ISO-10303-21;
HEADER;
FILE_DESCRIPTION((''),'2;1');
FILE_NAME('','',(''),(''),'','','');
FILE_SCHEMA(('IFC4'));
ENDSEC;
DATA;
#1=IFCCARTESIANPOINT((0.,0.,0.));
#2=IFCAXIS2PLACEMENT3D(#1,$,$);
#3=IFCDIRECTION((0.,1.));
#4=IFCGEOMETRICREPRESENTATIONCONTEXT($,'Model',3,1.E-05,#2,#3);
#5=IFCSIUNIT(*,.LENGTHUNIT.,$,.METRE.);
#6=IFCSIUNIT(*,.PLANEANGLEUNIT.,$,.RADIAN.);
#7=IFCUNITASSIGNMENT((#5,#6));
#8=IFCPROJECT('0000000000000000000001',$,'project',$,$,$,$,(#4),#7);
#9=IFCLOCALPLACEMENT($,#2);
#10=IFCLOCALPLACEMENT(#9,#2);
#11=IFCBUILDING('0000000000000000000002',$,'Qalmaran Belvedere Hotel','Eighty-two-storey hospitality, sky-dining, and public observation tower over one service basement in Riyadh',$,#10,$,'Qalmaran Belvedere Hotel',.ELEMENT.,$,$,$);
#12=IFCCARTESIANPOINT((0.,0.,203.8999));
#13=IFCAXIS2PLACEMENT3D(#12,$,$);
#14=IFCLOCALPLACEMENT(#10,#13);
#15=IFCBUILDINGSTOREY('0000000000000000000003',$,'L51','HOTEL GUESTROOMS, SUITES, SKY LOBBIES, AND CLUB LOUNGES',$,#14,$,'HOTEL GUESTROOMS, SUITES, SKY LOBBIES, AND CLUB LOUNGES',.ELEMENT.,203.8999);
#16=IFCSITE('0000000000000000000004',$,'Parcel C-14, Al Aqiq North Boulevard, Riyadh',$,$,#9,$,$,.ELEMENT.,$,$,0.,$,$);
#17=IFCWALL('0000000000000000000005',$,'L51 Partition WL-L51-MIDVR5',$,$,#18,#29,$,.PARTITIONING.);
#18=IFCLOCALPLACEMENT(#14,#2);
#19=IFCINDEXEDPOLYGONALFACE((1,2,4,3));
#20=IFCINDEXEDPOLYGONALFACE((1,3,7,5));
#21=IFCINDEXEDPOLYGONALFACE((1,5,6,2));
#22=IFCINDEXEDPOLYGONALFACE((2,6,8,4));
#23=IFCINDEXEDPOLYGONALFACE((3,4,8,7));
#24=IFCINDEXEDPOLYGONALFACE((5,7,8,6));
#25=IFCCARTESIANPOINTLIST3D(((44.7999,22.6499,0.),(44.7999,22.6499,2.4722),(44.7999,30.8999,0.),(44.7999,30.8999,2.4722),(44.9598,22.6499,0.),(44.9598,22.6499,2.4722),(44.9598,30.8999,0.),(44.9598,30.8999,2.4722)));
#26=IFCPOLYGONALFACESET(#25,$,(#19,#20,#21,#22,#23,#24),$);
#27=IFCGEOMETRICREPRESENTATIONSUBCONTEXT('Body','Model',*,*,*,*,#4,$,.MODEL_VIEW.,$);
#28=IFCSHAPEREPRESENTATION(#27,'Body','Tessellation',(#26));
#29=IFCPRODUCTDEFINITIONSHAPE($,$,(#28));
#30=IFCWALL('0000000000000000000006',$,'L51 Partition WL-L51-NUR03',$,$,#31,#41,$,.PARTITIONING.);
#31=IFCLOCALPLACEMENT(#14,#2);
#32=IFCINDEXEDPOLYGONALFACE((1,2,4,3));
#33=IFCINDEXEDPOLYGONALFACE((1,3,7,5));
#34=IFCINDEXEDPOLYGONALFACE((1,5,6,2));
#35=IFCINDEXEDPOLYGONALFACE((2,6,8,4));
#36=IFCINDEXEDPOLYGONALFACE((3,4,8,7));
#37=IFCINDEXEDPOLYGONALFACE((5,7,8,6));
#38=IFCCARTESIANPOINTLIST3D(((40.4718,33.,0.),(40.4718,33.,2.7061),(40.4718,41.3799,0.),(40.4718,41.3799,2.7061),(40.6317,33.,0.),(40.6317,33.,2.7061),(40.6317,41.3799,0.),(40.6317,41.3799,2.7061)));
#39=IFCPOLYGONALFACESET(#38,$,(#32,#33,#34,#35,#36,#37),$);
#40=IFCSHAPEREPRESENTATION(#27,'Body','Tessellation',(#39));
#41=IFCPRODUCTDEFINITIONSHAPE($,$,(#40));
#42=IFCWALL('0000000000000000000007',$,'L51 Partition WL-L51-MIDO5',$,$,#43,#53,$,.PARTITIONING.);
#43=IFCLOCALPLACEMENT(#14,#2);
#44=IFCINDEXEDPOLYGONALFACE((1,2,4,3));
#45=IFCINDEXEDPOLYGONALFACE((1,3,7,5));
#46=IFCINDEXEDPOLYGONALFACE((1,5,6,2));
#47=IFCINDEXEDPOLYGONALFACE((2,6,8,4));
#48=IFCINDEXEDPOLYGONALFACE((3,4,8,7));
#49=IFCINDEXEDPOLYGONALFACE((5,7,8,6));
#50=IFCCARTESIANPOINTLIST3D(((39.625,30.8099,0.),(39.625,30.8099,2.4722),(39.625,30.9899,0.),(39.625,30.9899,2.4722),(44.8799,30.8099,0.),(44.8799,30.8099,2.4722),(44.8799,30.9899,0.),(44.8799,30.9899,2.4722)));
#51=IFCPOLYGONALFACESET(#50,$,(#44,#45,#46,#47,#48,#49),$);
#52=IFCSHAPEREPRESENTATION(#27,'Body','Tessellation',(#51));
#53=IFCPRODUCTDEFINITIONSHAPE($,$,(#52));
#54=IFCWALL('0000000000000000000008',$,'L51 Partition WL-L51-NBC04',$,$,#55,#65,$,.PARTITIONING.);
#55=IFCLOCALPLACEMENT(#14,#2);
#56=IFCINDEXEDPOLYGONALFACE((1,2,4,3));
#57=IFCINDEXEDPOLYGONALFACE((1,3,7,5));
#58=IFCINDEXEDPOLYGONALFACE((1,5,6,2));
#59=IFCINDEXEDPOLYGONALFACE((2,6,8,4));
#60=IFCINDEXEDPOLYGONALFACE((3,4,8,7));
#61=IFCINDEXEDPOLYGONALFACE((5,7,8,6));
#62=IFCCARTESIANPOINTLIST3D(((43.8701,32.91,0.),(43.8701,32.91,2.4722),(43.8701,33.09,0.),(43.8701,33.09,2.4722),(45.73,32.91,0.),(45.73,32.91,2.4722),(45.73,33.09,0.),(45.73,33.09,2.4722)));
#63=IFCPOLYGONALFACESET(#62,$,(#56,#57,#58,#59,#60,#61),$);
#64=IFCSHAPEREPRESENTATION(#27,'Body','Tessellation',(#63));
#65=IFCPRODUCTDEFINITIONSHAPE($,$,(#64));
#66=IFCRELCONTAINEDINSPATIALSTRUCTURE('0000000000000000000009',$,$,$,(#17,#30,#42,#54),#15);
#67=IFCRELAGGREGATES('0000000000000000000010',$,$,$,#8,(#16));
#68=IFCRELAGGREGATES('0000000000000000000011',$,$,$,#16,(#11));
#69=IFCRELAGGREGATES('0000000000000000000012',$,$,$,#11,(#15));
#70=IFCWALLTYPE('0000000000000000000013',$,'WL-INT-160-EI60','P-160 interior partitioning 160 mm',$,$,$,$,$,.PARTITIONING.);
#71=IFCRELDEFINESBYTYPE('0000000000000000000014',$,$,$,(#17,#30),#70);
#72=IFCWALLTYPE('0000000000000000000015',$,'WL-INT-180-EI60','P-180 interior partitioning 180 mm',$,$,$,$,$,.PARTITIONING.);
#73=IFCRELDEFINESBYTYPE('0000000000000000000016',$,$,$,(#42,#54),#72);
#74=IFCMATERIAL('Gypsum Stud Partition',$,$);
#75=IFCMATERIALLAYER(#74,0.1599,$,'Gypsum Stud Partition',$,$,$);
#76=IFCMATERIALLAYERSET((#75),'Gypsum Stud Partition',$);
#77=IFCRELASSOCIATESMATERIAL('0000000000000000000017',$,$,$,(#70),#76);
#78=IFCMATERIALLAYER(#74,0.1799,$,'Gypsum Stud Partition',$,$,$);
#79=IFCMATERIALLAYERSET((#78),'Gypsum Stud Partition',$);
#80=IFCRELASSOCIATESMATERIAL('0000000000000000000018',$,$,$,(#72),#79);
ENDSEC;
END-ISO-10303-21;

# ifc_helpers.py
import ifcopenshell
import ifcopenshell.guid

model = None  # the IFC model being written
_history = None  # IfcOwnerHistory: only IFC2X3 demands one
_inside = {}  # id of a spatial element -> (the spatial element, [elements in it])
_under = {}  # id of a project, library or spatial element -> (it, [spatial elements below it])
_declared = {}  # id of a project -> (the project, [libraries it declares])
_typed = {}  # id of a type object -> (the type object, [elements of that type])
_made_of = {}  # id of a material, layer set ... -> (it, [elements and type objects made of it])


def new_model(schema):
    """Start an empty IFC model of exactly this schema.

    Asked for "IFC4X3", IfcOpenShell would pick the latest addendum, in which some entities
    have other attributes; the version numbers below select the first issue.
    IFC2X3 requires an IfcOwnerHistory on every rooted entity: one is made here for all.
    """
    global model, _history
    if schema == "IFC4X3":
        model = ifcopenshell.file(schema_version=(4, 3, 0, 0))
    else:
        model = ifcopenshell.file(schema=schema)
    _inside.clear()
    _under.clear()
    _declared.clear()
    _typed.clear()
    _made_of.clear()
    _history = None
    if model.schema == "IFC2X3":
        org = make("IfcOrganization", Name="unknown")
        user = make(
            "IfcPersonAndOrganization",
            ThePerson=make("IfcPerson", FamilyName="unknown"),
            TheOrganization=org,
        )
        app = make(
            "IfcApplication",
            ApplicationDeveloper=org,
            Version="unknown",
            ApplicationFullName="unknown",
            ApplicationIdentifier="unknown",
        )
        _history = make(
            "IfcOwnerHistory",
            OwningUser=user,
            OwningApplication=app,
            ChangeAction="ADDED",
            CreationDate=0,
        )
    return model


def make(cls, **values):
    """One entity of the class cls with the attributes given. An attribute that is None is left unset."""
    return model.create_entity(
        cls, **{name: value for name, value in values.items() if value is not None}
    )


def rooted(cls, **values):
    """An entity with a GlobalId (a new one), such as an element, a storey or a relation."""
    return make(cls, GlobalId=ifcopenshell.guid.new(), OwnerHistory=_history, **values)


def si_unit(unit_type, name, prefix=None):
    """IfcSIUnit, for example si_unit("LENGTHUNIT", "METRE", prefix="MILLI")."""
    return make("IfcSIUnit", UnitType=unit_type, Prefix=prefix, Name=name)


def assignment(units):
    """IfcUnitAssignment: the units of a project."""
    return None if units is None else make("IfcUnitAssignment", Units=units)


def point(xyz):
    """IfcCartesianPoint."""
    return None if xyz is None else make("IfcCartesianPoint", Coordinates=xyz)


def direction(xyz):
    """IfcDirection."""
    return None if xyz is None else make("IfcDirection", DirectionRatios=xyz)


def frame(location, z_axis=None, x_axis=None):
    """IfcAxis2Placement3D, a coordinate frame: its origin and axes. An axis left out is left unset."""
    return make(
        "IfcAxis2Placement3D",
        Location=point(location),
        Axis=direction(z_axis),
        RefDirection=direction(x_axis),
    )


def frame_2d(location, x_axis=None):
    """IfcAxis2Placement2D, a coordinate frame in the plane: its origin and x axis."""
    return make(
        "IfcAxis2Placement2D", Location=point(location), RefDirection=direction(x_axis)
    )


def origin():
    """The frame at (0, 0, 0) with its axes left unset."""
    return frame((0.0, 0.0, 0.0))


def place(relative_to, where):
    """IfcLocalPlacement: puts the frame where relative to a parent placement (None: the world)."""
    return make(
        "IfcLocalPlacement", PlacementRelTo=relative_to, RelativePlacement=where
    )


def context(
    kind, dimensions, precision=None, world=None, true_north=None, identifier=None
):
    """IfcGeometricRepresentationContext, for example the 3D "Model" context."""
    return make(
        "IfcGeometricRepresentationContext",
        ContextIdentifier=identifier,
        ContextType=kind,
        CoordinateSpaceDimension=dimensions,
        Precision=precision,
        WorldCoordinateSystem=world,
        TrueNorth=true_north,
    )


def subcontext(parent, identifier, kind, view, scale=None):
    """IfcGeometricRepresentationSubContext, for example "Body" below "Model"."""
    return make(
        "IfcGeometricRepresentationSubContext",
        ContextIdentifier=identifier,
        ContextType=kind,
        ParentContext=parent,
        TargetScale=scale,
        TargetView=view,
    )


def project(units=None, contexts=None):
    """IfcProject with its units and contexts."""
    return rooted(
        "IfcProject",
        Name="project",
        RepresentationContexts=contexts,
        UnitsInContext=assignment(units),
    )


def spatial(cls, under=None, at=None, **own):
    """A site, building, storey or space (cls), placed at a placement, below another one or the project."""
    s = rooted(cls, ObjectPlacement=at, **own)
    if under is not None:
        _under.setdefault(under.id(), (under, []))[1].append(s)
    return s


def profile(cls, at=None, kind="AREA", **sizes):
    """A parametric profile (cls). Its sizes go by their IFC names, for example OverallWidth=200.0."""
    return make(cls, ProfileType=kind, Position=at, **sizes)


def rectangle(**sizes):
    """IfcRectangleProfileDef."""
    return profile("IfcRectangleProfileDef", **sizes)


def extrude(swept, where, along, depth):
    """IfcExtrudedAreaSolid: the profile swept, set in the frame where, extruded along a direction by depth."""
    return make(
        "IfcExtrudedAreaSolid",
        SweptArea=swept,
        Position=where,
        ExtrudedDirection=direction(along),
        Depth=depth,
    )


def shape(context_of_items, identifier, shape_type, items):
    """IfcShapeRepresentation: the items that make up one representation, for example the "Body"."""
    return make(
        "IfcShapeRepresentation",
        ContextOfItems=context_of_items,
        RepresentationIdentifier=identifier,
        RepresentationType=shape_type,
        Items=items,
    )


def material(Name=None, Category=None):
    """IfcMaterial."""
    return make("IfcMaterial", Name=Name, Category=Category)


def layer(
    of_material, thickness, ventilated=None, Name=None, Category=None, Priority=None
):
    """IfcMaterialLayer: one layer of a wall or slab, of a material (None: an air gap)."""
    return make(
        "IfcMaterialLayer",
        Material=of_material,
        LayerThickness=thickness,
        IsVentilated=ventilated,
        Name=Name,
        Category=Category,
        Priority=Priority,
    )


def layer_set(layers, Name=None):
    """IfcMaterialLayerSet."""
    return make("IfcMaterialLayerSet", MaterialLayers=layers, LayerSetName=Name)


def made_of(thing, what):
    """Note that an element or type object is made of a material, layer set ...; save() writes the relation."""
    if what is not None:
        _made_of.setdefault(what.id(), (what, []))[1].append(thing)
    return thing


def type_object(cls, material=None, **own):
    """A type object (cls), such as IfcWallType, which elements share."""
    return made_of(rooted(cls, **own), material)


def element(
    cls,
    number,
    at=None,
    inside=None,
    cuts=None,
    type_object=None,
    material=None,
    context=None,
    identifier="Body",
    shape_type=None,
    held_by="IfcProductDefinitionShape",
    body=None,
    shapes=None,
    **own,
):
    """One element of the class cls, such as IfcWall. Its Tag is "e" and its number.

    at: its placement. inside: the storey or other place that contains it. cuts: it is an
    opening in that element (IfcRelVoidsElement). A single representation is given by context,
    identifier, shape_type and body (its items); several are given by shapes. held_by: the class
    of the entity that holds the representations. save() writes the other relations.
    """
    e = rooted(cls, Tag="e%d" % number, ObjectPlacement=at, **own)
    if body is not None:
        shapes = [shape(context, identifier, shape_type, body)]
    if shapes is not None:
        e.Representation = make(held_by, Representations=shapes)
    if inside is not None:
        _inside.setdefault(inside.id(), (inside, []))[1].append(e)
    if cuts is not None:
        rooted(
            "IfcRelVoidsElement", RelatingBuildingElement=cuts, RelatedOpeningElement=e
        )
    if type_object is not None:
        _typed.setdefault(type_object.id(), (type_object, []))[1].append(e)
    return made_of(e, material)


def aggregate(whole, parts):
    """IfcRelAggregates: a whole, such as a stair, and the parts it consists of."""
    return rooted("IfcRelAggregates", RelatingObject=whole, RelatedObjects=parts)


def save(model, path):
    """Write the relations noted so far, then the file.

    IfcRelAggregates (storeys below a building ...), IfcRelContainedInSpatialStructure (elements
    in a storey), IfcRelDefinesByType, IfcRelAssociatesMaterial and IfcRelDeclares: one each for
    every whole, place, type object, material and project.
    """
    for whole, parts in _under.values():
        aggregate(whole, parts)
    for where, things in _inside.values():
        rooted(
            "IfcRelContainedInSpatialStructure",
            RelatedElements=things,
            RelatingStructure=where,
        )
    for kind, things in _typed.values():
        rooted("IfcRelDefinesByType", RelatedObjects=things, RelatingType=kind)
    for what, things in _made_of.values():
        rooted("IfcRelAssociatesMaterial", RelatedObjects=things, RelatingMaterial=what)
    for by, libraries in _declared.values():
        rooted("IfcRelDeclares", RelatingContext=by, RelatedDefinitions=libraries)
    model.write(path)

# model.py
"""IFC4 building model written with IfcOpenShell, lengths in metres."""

from ifc_helpers import new_model, si_unit, direction, frame, frame_2d, origin, place, context, subcontext, project, spatial, rectangle, extrude, material, layer, layer_set, type_object, element, save


model = new_model("IFC4")

# Units and contexts
model_context = context("Model", 3, precision=1e-05, world=origin(), true_north=direction((0.0, 1.0)))
body_context = subcontext(model_context, "Body", "Model", "MODEL_VIEW")
ifc_project = project(units=[si_unit("LENGTHUNIT", "METRE"), si_unit("PLANEANGLEUNIT", "RADIAN")], contexts=[model_context])

# Site, building, storey
site_placement = place(None, origin())
site = spatial("IfcSite", under=ifc_project, at=site_placement, Name="Parcel C-14, Al Aqiq North Boulevard, Riyadh", CompositionType="ELEMENT", RefElevation=0.0)
building_placement = place(site_placement, origin())
building = spatial("IfcBuilding", under=site, at=building_placement, Name="Qalmaran Belvedere Hotel", Description="Eighty-two-storey hospitality, sky-dining, and public observation tower over one service basement in Riyadh", LongName="Qalmaran Belvedere Hotel", CompositionType="ELEMENT")
storey_placement = place(building_placement, frame((0.0, 0.0, 203.8999)))
storey = spatial("IfcBuildingStorey", under=building, at=storey_placement, Name="L51", Description="HOTEL GUESTROOMS, SUITES, SKY LOBBIES, AND CLUB LOUNGES", LongName="HOTEL GUESTROOMS, SUITES, SKY LOBBIES, AND CLUB LOUNGES", CompositionType="ELEMENT", Elevation=203.8999)

# Shared definitions
ifc_material_1 = material(Name="Gypsum Stud Partition")
ifc_layer_1 = layer(ifc_material_1, 0.1599, Name="Gypsum Stud Partition")
ifc_layer_set_1 = layer_set([ifc_layer_1], Name="Gypsum Stud Partition")
wall_type_1 = type_object("IfcWallType", Name="WL-INT-160-EI60", Description="P-160 interior partitioning 160 mm", PredefinedType="PARTITIONING", material=ifc_layer_set_1)

# Walls
wall_1_placement = place(storey_placement, frame((44.8799, 22.6499, 0.0), z_axis=(0.0, 0.0, 1.0), x_axis=(0.0, 1.0, 0.0)))
element("IfcWall", 1, at=wall_1_placement, inside=storey, type_object=wall_type_1, Name="L51 Partition WL-L51-MIDVR5", PredefinedType="PARTITIONING", context=body_context, shape_type="SweptSolid", body=[
    extrude(rectangle(XDim=8.25, YDim=0.1599, at=frame_2d((4.125, 0.0))), origin(), (0.0, 0.0, 1.0), 2.4722),
])
wall_2_placement = place(storey_placement, frame((40.5518, 33.0, 0.0), z_axis=(0.0, 0.0, 1.0), x_axis=(0.0, 1.0, 0.0)))
element("IfcWall", 2, at=wall_2_placement, inside=storey, type_object=wall_type_1, Name="L51 Partition WL-L51-NUR03", PredefinedType="PARTITIONING", context=body_context, shape_type="SweptSolid", body=[
    extrude(rectangle(XDim=8.3799, YDim=0.1599, at=frame_2d((4.1899, 0.0))), origin(), (0.0, 0.0, 1.0), 2.7061),
])

# Shared definitions
ifc_layer_2 = layer(ifc_material_1, 0.1799, Name="Gypsum Stud Partition")
ifc_layer_set_2 = layer_set([ifc_layer_2], Name="Gypsum Stud Partition")
wall_type_2 = type_object("IfcWallType", Name="WL-INT-180-EI60", Description="P-180 interior partitioning 180 mm", PredefinedType="PARTITIONING", material=ifc_layer_set_2)

# Walls
wall_3_placement = place(storey_placement, frame((39.625, 30.8999, 0.0), z_axis=(0.0, 0.0, 1.0), x_axis=(1.0, 0.0, 0.0)))
element("IfcWall", 3, at=wall_3_placement, inside=storey, type_object=wall_type_2, Name="L51 Partition WL-L51-MIDO5", PredefinedType="PARTITIONING", context=body_context, shape_type="SweptSolid", body=[
    extrude(rectangle(XDim=5.2549, YDim=0.1799, at=frame_2d((2.6274, 0.0))), origin(), (0.0, 0.0, 1.0), 2.4722),
])
wall_4_placement = place(storey_placement, frame((43.8701, 33.0, 0.0), z_axis=(0.0, 0.0, 1.0), x_axis=(1.0, 0.0, 0.0)))
element("IfcWall", 4, at=wall_4_placement, inside=storey, type_object=wall_type_2, Name="L51 Partition WL-L51-NBC04", PredefinedType="PARTITIONING", context=body_context, shape_type="SweptSolid", body=[
    extrude(rectangle(XDim=1.8599, YDim=0.1799, at=frame_2d((0.9299, 0.0))), origin(), (0.0, 0.0, 1.0), 2.4722),
])

save(model, "model.ifc")
